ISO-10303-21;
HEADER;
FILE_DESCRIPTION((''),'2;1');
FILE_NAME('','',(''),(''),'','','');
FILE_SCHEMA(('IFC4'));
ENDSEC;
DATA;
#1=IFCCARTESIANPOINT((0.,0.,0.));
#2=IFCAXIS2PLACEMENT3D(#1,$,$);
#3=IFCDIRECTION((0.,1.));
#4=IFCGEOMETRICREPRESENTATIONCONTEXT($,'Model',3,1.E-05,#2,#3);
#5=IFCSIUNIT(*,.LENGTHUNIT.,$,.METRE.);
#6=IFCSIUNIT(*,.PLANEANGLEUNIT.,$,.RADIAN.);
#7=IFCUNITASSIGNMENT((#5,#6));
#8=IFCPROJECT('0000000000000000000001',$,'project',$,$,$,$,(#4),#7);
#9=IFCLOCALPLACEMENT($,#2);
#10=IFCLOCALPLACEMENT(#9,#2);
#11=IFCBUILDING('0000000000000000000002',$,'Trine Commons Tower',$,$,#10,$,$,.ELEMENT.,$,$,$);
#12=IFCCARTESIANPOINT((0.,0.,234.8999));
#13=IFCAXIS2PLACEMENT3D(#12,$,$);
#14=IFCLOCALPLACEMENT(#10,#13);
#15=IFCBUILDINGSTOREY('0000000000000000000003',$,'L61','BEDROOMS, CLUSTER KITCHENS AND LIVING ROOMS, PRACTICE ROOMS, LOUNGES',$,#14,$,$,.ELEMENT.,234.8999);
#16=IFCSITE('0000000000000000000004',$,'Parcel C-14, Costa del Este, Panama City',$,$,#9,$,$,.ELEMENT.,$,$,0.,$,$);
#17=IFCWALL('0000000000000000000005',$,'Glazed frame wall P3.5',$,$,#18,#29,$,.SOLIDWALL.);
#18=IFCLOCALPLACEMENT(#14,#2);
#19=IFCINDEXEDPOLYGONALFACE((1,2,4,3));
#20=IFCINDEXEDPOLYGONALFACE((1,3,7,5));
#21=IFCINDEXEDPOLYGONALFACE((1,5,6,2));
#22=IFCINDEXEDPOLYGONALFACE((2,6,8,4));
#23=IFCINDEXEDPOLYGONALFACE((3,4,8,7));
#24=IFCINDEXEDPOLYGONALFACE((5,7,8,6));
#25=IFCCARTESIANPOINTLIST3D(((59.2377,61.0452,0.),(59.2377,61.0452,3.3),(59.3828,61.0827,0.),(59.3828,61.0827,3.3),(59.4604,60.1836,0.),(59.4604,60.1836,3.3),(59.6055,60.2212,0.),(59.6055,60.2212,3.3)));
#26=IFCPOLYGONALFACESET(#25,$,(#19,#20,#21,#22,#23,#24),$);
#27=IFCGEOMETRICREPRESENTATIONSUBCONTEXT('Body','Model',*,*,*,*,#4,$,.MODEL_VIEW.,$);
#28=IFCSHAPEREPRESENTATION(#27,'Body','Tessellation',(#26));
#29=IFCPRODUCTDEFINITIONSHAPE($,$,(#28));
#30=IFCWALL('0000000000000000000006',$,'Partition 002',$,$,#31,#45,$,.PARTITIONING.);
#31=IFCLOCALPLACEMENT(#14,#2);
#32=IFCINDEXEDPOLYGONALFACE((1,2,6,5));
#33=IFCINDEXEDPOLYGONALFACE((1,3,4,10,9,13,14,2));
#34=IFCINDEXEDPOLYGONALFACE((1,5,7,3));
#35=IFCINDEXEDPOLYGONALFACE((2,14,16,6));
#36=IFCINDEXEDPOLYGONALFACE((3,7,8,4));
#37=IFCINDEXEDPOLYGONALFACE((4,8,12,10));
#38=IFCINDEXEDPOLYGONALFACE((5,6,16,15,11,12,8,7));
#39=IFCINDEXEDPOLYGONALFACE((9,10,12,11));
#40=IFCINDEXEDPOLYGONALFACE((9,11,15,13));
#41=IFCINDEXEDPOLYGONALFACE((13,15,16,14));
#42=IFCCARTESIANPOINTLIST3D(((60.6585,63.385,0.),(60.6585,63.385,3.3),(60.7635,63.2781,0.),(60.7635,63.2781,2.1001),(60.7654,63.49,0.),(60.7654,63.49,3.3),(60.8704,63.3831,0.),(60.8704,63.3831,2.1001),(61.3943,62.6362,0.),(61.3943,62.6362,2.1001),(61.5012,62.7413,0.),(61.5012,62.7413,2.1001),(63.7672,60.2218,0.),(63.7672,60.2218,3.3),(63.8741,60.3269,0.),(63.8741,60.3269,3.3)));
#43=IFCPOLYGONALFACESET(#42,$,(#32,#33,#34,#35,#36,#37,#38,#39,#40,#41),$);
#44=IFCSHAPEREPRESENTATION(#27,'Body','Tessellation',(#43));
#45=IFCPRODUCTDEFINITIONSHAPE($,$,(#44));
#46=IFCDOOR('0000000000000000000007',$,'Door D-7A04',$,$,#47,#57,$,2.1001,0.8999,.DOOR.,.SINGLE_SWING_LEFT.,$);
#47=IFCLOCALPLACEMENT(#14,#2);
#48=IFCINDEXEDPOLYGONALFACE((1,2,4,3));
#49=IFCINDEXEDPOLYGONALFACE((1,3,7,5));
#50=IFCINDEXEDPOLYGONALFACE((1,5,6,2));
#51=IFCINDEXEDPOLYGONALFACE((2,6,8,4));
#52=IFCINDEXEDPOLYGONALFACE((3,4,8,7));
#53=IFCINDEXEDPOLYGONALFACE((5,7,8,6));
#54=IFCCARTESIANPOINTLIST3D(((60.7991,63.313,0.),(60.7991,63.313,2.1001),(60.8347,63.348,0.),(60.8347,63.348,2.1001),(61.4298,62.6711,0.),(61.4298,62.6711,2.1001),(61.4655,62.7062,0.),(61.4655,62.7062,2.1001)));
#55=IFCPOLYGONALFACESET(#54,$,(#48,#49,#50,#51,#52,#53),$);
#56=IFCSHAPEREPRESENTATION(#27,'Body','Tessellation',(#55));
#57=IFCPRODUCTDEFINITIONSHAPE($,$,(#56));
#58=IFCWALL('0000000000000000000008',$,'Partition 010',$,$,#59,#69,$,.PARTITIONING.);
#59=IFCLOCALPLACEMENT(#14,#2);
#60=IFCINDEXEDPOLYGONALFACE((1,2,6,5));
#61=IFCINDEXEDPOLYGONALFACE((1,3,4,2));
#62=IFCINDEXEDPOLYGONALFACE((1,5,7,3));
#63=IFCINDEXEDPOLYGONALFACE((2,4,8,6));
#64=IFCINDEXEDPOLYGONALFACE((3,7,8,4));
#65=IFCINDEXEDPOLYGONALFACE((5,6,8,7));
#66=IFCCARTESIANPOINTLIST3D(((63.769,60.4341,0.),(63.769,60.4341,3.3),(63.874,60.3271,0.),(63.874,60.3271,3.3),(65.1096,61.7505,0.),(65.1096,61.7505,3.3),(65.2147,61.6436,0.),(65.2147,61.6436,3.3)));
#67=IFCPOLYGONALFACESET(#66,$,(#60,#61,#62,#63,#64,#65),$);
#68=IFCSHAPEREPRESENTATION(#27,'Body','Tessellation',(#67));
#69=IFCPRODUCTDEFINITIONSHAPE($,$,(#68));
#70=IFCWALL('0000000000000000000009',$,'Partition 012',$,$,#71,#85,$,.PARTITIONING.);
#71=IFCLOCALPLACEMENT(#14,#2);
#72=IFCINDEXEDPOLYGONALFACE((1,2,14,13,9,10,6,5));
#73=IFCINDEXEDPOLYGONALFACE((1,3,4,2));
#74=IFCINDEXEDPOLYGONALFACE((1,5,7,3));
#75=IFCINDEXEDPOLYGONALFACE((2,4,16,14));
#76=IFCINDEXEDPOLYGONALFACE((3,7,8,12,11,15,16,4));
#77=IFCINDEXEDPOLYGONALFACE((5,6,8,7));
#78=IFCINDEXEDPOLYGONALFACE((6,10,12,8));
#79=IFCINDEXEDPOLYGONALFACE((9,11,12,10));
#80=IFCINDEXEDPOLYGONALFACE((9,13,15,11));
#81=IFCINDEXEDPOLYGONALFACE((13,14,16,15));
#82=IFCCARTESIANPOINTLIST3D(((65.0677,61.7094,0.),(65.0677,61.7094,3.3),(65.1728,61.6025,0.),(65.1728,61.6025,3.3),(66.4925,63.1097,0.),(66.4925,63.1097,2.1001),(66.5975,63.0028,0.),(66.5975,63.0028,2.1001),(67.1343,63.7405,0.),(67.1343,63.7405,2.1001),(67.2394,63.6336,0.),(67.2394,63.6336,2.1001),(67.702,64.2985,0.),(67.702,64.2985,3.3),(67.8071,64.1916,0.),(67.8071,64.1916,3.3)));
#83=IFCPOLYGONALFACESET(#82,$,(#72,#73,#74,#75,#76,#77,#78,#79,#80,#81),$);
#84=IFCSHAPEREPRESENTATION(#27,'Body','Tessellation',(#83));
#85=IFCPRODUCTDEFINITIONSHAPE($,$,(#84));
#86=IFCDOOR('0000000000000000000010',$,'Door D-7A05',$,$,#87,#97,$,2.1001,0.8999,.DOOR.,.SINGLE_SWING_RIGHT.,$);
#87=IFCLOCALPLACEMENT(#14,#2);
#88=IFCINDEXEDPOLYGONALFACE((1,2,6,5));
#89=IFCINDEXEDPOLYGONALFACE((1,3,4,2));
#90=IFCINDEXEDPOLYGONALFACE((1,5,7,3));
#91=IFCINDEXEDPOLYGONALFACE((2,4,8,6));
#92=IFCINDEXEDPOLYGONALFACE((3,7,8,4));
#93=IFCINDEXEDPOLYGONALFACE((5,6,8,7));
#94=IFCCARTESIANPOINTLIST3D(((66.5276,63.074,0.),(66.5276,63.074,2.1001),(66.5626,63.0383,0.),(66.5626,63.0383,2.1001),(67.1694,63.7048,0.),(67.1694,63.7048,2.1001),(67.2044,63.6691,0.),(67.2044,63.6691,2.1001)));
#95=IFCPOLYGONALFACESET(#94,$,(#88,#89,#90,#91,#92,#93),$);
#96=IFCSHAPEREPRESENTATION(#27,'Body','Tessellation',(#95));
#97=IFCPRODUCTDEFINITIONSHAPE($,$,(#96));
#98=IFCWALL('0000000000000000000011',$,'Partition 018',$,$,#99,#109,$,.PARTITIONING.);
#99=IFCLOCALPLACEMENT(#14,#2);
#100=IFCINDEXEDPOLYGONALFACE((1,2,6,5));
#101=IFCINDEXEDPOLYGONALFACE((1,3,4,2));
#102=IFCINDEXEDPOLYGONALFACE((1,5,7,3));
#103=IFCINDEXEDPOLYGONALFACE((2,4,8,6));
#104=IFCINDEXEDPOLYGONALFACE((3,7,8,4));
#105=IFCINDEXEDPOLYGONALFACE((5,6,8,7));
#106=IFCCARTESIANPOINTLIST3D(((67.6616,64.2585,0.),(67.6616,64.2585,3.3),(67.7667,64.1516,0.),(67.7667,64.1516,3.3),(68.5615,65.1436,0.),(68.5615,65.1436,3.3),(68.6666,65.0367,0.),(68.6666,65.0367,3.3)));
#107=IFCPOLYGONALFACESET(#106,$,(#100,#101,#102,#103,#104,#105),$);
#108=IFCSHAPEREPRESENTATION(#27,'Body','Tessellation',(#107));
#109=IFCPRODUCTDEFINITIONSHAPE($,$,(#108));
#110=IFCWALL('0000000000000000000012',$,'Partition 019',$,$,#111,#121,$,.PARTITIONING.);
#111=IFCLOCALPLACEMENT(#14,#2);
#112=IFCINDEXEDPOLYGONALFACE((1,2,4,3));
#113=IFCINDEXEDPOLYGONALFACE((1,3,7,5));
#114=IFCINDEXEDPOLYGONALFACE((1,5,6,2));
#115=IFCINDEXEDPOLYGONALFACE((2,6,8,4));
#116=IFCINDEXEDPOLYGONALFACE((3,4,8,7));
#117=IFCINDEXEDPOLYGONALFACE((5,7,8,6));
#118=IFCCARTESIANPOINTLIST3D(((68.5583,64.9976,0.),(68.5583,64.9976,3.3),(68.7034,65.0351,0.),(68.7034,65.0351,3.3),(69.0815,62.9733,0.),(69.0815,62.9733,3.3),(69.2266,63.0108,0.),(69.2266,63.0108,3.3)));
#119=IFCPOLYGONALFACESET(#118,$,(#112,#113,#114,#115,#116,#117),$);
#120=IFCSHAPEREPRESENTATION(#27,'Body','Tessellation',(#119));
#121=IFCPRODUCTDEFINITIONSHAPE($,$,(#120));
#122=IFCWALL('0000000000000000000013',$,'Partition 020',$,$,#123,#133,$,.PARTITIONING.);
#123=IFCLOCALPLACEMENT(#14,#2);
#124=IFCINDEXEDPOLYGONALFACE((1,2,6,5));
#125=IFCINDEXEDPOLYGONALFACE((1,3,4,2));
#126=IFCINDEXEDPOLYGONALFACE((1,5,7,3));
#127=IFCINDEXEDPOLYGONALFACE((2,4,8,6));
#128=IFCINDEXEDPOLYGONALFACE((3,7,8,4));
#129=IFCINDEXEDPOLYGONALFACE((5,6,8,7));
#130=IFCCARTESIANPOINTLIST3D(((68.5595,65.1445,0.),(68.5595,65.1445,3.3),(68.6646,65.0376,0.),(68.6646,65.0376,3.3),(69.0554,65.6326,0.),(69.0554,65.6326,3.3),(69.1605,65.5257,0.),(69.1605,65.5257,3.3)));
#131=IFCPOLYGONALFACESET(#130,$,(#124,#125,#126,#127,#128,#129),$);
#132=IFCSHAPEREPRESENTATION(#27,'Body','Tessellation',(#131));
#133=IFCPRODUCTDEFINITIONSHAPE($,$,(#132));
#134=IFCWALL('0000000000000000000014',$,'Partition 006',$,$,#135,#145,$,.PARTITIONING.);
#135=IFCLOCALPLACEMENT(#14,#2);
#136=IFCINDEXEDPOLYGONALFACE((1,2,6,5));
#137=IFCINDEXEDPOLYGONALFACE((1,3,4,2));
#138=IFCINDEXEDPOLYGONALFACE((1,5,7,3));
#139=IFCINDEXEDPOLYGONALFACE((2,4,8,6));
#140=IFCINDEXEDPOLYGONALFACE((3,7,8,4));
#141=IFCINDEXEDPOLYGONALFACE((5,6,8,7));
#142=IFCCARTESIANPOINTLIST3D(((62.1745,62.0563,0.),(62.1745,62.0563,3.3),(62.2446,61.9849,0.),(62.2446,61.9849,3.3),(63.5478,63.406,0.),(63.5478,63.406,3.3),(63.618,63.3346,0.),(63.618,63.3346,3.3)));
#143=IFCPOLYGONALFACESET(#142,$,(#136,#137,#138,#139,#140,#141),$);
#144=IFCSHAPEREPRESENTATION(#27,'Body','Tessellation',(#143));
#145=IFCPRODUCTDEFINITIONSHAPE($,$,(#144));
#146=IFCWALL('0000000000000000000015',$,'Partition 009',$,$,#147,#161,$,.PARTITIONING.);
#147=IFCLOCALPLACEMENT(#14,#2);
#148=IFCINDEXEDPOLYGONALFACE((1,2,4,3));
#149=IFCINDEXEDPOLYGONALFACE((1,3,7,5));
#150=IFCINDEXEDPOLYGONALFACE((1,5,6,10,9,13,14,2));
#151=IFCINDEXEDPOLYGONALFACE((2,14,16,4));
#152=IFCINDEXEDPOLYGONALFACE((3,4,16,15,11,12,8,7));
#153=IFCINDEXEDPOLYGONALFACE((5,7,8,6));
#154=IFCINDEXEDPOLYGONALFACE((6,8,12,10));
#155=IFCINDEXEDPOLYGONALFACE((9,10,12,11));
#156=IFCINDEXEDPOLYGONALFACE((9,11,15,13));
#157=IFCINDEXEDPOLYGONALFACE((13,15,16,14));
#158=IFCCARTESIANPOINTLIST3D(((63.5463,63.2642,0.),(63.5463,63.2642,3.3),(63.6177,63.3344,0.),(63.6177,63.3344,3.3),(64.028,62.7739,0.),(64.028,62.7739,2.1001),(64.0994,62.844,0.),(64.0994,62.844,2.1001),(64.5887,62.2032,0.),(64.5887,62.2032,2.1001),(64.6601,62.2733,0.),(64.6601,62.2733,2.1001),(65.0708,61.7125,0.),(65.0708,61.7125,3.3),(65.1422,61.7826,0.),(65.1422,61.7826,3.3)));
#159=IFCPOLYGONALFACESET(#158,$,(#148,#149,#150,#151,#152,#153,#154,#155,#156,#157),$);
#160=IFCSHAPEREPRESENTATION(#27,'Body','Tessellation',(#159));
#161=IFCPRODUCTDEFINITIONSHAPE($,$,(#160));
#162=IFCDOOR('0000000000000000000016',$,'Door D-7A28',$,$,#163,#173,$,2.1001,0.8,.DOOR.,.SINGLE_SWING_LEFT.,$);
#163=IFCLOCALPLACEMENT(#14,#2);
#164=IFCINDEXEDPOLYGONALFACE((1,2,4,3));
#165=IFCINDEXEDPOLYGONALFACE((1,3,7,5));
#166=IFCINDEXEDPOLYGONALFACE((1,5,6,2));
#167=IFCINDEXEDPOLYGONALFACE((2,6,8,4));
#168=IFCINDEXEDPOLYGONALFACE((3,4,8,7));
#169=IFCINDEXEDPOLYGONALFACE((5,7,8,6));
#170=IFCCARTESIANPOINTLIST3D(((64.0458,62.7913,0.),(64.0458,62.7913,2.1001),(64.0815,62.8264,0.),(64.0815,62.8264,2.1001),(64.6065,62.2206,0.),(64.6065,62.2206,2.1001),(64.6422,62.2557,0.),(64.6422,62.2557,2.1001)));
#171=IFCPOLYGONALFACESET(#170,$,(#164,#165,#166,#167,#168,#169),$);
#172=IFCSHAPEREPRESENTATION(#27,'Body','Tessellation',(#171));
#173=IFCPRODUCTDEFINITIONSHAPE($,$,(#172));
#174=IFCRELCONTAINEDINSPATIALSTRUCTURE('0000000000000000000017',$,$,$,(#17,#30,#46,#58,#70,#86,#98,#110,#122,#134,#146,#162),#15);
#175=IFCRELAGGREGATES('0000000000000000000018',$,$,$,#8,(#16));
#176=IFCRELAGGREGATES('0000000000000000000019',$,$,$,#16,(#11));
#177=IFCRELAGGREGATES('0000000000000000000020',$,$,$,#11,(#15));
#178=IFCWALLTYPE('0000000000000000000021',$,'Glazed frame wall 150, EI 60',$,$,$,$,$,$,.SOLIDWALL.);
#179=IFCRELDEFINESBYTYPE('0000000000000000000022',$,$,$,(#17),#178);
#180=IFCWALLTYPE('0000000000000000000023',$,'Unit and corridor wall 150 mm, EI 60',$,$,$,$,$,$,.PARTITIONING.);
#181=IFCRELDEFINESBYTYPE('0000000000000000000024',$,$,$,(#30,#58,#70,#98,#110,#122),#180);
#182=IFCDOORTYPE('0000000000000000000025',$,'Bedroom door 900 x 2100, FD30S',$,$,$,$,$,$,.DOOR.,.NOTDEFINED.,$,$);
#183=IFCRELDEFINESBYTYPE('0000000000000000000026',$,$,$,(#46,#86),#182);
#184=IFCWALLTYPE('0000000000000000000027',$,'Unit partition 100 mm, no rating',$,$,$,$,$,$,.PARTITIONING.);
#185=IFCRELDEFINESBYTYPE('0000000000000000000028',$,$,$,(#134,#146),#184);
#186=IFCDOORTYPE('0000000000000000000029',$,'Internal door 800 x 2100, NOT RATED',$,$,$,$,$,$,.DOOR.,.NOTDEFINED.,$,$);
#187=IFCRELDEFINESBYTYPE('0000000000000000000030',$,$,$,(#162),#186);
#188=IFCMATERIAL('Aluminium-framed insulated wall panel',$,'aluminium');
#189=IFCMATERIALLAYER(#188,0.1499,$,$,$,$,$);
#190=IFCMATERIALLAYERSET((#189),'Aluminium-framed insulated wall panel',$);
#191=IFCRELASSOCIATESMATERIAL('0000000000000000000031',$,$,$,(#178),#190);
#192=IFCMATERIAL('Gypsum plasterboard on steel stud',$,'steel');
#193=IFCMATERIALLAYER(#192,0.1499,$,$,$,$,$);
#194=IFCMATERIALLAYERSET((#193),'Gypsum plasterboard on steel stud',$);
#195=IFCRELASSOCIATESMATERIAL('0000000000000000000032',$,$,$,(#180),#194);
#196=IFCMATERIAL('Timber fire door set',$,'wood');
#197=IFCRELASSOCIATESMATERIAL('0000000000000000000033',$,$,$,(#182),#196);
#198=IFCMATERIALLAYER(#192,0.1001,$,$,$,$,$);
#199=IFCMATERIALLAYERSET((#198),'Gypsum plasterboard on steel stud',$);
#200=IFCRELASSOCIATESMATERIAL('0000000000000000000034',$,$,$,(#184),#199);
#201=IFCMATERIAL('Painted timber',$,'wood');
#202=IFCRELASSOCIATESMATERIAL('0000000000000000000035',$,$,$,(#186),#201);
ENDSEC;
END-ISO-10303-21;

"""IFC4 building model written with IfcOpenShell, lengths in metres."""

from ifc_helpers import new_model, si_unit, direction, frame, frame_2d, origin, place, context, subcontext, project, spatial, polyline, rectangle, outline, extrude, material, layer, layer_set, type_object, element, fill, save


model = new_model("IFC4")

# Units and contexts
model_context = context("Model", 3, precision=1e-05, world=origin(), true_north=direction((0.0, 1.0)))
body_context = subcontext(model_context, "Body", "Model", "MODEL_VIEW")
ifc_project = project(units=[si_unit("LENGTHUNIT", "METRE"), si_unit("PLANEANGLEUNIT", "RADIAN")], contexts=[model_context])

# Site, building, storey
site_placement = place(None, origin())
site = spatial("IfcSite", under=ifc_project, at=site_placement, Name="Parcel C-14, Costa del Este, Panama City", CompositionType="ELEMENT", RefElevation=0.0)
building_placement = place(site_placement, origin())
building = spatial("IfcBuilding", under=site, at=building_placement, Name="Trine Commons Tower", CompositionType="ELEMENT")
storey_placement = place(building_placement, frame((0.0, 0.0, 234.8999)))
storey = spatial("IfcBuildingStorey", under=building, at=storey_placement, Name="L61", Description="BEDROOMS, CLUSTER KITCHENS AND LIVING ROOMS, PRACTICE ROOMS, LOUNGES", CompositionType="ELEMENT", Elevation=234.8999)

# Shared definitions
ifc_material_1 = material(Name="Aluminium-framed insulated wall panel", Category="aluminium")
ifc_layer_1 = layer(ifc_material_1, 0.1499)
ifc_layer_set_1 = layer_set([ifc_layer_1], Name="Aluminium-framed insulated wall panel")
wall_type_1 = type_object("IfcWallType", Name="Glazed frame wall 150, EI 60", PredefinedType="SOLIDWALL", material=ifc_layer_set_1)

# Wall
wall_1_placement = place(storey_placement, frame((59.533, 60.2024, 0.0), z_axis=(0.0, 0.0, 1.0), x_axis=(-0.250284, 0.968172, 0.0)))
element("IfcWall", 1, at=wall_1_placement, inside=storey, type_object=wall_type_1, Name="Glazed frame wall P3.5", PredefinedType="SOLIDWALL", context=body_context, shape_type="SweptSolid", body=[
    extrude(outline(polyline([(0.8899, 0.075), (0.0, 0.075), (0.0, -0.075), (0.8899, -0.075), (0.8899, 0.075)])), origin(), (0.0, 0.0, 1.0), 3.3),
])

# Wall, opening, door
ifc_material_2 = material(Name="Gypsum plasterboard on steel stud", Category="steel")
ifc_layer_2 = layer(ifc_material_2, 0.1499)
ifc_layer_set_2 = layer_set([ifc_layer_2], Name="Gypsum plasterboard on steel stud")
wall_type_2 = type_object("IfcWallType", Name="Unit and corridor wall 150 mm, EI 60", PredefinedType="PARTITIONING", material=ifc_layer_set_2)
wall_2_placement = place(storey_placement, frame((60.7119, 63.4375, 0.0), z_axis=(0.0, 0.0, 1.0), x_axis=(0.700942, -0.713218, 0.0)))
wall_2 = element("IfcWall", 2, at=wall_2_placement, inside=storey, type_object=wall_type_2, Name="Partition 002", PredefinedType="PARTITIONING", context=body_context, shape_type="SweptSolid", body=[
    extrude(rectangle(XDim=4.4351, YDim=0.1499, at=frame_2d((2.2175, 0.0))), origin(), (0.0, 0.0, 1.0), 3.3),
])
opening_1_placement = place(wall_2_placement, frame((0.1499, 0.0, 0.0)))
opening_1 = element("IfcOpeningElement", 3, at=opening_1_placement, cuts=wall_2, PredefinedType="OPENING", context=body_context, shape_type="SweptSolid", body=[
    extrude(rectangle(XDim=0.8999, YDim=2.1001, at=frame_2d((0.45, 1.05))), frame((0.0, 0.085, 0.0), z_axis=(0.0, -1.0, 0.0), x_axis=(1.0, 0.0, 0.0)), (0.0, 0.0, 1.0), 0.1699),
])
ifc_material_3 = material(Name="Timber fire door set", Category="wood")
door_type_1 = type_object("IfcDoorType", Name="Bedroom door 900 x 2100, FD30S", OperationType="NOTDEFINED", PredefinedType="DOOR", material=ifc_material_3)
door_1_placement = place(opening_1_placement, origin())
door_1 = element("IfcDoor", 4, at=door_1_placement, inside=storey, type_object=door_type_1, Name="Door D-7A04", OperationType="SINGLE_SWING_LEFT", OverallHeight=2.1001, OverallWidth=0.8999, PredefinedType="DOOR", context=body_context, shape_type="SweptSolid", body=[
    extrude(rectangle(XDim=0.8999, YDim=2.1001, at=frame_2d((0.45, 1.05))), frame((0.0, 0.0249, 0.0), z_axis=(0.0, -1.0, 0.0), x_axis=(1.0, 0.0, 0.0)), (0.0, 0.0, 1.0), 0.05),
])
fill(opening_1, door_1)

# Wall
wall_3_placement = place(storey_placement, frame((63.8215, 60.3806, 0.0), z_axis=(0.0, 0.0, 1.0), x_axis=(0.71351, 0.700645, 0.0)))
element("IfcWall", 5, at=wall_3_placement, inside=storey, type_object=wall_type_2, Name="Partition 010", PredefinedType="PARTITIONING", context=body_context, shape_type="SweptSolid", body=[
    extrude(rectangle(XDim=1.8789, YDim=0.1499, at=frame_2d((0.9395, 0.0))), origin(), (0.0, 0.0, 1.0), 3.3),
])

# Wall, opening, door
wall_4_placement = place(storey_placement, frame((65.1204, 61.656, 0.0), z_axis=(0.0, 0.0, 1.0), x_axis=(0.713194, 0.700966, 0.0)))
wall_4 = element("IfcWall", 6, at=wall_4_placement, inside=storey, type_object=wall_type_2, Name="Partition 012", PredefinedType="PARTITIONING", context=body_context, shape_type="SweptSolid", body=[
    extrude(rectangle(XDim=3.6936, YDim=0.1499, at=frame_2d((1.8467, 0.0))), origin(), (0.0, 0.0, 1.0), 3.3),
])
opening_2_placement = place(wall_4_placement, frame((1.9976, 0.0, 0.0)))
opening_2 = element("IfcOpeningElement", 7, at=opening_2_placement, cuts=wall_4, PredefinedType="OPENING", context=body_context, shape_type="SweptSolid", body=[
    extrude(rectangle(XDim=0.8999, YDim=2.1001, at=frame_2d((0.45, 1.05))), frame((0.0, 0.085, 0.0), z_axis=(0.0, -1.0, 0.0), x_axis=(1.0, 0.0, 0.0)), (0.0, 0.0, 1.0), 0.1699),
])
door_2_placement = place(opening_2_placement, origin())
door_2 = element("IfcDoor", 8, at=door_2_placement, inside=storey, type_object=door_type_1, Name="Door D-7A05", OperationType="SINGLE_SWING_RIGHT", OverallHeight=2.1001, OverallWidth=0.8999, PredefinedType="DOOR", context=body_context, shape_type="SweptSolid", body=[
    extrude(rectangle(XDim=0.8999, YDim=2.1001, at=frame_2d((0.45, 1.05))), frame((0.0, 0.0249, 0.0), z_axis=(0.0, -1.0, 0.0), x_axis=(1.0, 0.0, 0.0)), (0.0, 0.0, 1.0), 0.05),
])
fill(opening_2, door_2)

# Walls
wall_5_placement = place(storey_placement, frame((67.7141, 64.2051, 0.0), z_axis=(0.0, 0.0, 1.0), x_axis=(0.712982, 0.701183, 0.0)))
element("IfcWall", 9, at=wall_5_placement, inside=storey, type_object=wall_type_2, Name="Partition 018", PredefinedType="PARTITIONING", context=body_context, shape_type="SweptSolid", body=[
    extrude(rectangle(XDim=1.2622, YDim=0.1499, at=frame_2d((0.6311, 0.0))), origin(), (0.0, 0.0, 1.0), 3.3),
])
wall_6_placement = place(storey_placement, frame((68.6309, 65.0164, 0.0), z_axis=(0.0, 0.0, 1.0), x_axis=(0.250221, -0.968189, 0.0)))
element("IfcWall", 10, at=wall_6_placement, inside=storey, type_object=wall_type_2, Name="Partition 019", PredefinedType="PARTITIONING", context=body_context, shape_type="SweptSolid", body=[
    extrude(rectangle(XDim=2.0908, YDim=0.1499, at=frame_2d((1.0454, 0.0))), origin(), (0.0, 0.0, 1.0), 3.3),
])
wall_7_placement = place(storey_placement, frame((68.6121, 65.0911, 0.0), z_axis=(0.0, 0.0, 1.0), x_axis=(0.712699, 0.70147, 0.0)))
element("IfcWall", 11, at=wall_7_placement, inside=storey, type_object=wall_type_2, Name="Partition 020", PredefinedType="PARTITIONING", context=body_context, shape_type="SweptSolid", body=[
    extrude(rectangle(XDim=0.6958, YDim=0.1499, at=frame_2d((0.3479, 0.0))), origin(), (0.0, 0.0, 1.0), 3.3),
])
ifc_layer_3 = layer(ifc_material_2, 0.1001)
ifc_layer_set_3 = layer_set([ifc_layer_3], Name="Gypsum plasterboard on steel stud")
wall_type_3 = type_object("IfcWallType", Name="Unit partition 100 mm, no rating", PredefinedType="PARTITIONING", material=ifc_layer_set_3)
wall_8_placement = place(storey_placement, frame((62.2095, 62.0205, 0.0), z_axis=(0.0, 0.0, 1.0), x_axis=(0.71323, 0.70093, 0.0)))
element("IfcWall", 12, at=wall_8_placement, inside=storey, type_object=wall_type_3, Name="Partition 006", PredefinedType="PARTITIONING", context=body_context, shape_type="SweptSolid", body=[
    extrude(rectangle(XDim=1.9255, YDim=0.1001, at=frame_2d((0.9629, 0.0))), origin(), (0.0, 0.0, 1.0), 3.3),
])

# Wall, opening, door
wall_9_placement = place(storey_placement, frame((63.582, 63.2993, 0.0), z_axis=(0.0, 0.0, 1.0), x_axis=(0.700794, -0.713364, 0.0)))
wall_9 = element("IfcWall", 13, at=wall_9_placement, inside=storey, type_object=wall_type_3, Name="Partition 009", PredefinedType="PARTITIONING", context=body_context, shape_type="SweptSolid", body=[
    extrude(rectangle(XDim=2.1753, YDim=0.1001, at=frame_2d((1.0876, 0.0))), origin(), (0.0, 0.0, 1.0), 3.3),
])
opening_3_placement = place(wall_9_placement, frame((0.6875, 0.0, 0.0)))
opening_3 = element("IfcOpeningElement", 14, at=opening_3_placement, cuts=wall_9, PredefinedType="OPENING", context=body_context, shape_type="SweptSolid", body=[
    extrude(rectangle(XDim=0.8, YDim=2.1001, at=frame_2d((0.3999, 1.05))), frame((0.0, 0.0601, 0.0), z_axis=(0.0, -1.0, 0.0), x_axis=(1.0, 0.0, 0.0)), (0.0, 0.0, 1.0), 0.1201),
])
ifc_material_4 = material(Name="Painted timber", Category="wood")
door_type_2 = type_object("IfcDoorType", Name="Internal door 800 x 2100, NOT RATED", OperationType="NOTDEFINED", PredefinedType="DOOR", material=ifc_material_4)
door_3_placement = place(opening_3_placement, origin())
door_3 = element("IfcDoor", 15, at=door_3_placement, inside=storey, type_object=door_type_2, Name="Door D-7A28", OperationType="SINGLE_SWING_LEFT", OverallHeight=2.1001, OverallWidth=0.8, PredefinedType="DOOR", context=body_context, shape_type="SweptSolid", body=[
    extrude(rectangle(XDim=0.8, YDim=2.1001, at=frame_2d((0.3999, 1.05))), frame((0.0, 0.0249, 0.0), z_axis=(0.0, -1.0, 0.0), x_axis=(1.0, 0.0, 0.0)), (0.0, 0.0, 1.0), 0.05),
])
fill(opening_3, door_3)

save(model, "model.ifc")
